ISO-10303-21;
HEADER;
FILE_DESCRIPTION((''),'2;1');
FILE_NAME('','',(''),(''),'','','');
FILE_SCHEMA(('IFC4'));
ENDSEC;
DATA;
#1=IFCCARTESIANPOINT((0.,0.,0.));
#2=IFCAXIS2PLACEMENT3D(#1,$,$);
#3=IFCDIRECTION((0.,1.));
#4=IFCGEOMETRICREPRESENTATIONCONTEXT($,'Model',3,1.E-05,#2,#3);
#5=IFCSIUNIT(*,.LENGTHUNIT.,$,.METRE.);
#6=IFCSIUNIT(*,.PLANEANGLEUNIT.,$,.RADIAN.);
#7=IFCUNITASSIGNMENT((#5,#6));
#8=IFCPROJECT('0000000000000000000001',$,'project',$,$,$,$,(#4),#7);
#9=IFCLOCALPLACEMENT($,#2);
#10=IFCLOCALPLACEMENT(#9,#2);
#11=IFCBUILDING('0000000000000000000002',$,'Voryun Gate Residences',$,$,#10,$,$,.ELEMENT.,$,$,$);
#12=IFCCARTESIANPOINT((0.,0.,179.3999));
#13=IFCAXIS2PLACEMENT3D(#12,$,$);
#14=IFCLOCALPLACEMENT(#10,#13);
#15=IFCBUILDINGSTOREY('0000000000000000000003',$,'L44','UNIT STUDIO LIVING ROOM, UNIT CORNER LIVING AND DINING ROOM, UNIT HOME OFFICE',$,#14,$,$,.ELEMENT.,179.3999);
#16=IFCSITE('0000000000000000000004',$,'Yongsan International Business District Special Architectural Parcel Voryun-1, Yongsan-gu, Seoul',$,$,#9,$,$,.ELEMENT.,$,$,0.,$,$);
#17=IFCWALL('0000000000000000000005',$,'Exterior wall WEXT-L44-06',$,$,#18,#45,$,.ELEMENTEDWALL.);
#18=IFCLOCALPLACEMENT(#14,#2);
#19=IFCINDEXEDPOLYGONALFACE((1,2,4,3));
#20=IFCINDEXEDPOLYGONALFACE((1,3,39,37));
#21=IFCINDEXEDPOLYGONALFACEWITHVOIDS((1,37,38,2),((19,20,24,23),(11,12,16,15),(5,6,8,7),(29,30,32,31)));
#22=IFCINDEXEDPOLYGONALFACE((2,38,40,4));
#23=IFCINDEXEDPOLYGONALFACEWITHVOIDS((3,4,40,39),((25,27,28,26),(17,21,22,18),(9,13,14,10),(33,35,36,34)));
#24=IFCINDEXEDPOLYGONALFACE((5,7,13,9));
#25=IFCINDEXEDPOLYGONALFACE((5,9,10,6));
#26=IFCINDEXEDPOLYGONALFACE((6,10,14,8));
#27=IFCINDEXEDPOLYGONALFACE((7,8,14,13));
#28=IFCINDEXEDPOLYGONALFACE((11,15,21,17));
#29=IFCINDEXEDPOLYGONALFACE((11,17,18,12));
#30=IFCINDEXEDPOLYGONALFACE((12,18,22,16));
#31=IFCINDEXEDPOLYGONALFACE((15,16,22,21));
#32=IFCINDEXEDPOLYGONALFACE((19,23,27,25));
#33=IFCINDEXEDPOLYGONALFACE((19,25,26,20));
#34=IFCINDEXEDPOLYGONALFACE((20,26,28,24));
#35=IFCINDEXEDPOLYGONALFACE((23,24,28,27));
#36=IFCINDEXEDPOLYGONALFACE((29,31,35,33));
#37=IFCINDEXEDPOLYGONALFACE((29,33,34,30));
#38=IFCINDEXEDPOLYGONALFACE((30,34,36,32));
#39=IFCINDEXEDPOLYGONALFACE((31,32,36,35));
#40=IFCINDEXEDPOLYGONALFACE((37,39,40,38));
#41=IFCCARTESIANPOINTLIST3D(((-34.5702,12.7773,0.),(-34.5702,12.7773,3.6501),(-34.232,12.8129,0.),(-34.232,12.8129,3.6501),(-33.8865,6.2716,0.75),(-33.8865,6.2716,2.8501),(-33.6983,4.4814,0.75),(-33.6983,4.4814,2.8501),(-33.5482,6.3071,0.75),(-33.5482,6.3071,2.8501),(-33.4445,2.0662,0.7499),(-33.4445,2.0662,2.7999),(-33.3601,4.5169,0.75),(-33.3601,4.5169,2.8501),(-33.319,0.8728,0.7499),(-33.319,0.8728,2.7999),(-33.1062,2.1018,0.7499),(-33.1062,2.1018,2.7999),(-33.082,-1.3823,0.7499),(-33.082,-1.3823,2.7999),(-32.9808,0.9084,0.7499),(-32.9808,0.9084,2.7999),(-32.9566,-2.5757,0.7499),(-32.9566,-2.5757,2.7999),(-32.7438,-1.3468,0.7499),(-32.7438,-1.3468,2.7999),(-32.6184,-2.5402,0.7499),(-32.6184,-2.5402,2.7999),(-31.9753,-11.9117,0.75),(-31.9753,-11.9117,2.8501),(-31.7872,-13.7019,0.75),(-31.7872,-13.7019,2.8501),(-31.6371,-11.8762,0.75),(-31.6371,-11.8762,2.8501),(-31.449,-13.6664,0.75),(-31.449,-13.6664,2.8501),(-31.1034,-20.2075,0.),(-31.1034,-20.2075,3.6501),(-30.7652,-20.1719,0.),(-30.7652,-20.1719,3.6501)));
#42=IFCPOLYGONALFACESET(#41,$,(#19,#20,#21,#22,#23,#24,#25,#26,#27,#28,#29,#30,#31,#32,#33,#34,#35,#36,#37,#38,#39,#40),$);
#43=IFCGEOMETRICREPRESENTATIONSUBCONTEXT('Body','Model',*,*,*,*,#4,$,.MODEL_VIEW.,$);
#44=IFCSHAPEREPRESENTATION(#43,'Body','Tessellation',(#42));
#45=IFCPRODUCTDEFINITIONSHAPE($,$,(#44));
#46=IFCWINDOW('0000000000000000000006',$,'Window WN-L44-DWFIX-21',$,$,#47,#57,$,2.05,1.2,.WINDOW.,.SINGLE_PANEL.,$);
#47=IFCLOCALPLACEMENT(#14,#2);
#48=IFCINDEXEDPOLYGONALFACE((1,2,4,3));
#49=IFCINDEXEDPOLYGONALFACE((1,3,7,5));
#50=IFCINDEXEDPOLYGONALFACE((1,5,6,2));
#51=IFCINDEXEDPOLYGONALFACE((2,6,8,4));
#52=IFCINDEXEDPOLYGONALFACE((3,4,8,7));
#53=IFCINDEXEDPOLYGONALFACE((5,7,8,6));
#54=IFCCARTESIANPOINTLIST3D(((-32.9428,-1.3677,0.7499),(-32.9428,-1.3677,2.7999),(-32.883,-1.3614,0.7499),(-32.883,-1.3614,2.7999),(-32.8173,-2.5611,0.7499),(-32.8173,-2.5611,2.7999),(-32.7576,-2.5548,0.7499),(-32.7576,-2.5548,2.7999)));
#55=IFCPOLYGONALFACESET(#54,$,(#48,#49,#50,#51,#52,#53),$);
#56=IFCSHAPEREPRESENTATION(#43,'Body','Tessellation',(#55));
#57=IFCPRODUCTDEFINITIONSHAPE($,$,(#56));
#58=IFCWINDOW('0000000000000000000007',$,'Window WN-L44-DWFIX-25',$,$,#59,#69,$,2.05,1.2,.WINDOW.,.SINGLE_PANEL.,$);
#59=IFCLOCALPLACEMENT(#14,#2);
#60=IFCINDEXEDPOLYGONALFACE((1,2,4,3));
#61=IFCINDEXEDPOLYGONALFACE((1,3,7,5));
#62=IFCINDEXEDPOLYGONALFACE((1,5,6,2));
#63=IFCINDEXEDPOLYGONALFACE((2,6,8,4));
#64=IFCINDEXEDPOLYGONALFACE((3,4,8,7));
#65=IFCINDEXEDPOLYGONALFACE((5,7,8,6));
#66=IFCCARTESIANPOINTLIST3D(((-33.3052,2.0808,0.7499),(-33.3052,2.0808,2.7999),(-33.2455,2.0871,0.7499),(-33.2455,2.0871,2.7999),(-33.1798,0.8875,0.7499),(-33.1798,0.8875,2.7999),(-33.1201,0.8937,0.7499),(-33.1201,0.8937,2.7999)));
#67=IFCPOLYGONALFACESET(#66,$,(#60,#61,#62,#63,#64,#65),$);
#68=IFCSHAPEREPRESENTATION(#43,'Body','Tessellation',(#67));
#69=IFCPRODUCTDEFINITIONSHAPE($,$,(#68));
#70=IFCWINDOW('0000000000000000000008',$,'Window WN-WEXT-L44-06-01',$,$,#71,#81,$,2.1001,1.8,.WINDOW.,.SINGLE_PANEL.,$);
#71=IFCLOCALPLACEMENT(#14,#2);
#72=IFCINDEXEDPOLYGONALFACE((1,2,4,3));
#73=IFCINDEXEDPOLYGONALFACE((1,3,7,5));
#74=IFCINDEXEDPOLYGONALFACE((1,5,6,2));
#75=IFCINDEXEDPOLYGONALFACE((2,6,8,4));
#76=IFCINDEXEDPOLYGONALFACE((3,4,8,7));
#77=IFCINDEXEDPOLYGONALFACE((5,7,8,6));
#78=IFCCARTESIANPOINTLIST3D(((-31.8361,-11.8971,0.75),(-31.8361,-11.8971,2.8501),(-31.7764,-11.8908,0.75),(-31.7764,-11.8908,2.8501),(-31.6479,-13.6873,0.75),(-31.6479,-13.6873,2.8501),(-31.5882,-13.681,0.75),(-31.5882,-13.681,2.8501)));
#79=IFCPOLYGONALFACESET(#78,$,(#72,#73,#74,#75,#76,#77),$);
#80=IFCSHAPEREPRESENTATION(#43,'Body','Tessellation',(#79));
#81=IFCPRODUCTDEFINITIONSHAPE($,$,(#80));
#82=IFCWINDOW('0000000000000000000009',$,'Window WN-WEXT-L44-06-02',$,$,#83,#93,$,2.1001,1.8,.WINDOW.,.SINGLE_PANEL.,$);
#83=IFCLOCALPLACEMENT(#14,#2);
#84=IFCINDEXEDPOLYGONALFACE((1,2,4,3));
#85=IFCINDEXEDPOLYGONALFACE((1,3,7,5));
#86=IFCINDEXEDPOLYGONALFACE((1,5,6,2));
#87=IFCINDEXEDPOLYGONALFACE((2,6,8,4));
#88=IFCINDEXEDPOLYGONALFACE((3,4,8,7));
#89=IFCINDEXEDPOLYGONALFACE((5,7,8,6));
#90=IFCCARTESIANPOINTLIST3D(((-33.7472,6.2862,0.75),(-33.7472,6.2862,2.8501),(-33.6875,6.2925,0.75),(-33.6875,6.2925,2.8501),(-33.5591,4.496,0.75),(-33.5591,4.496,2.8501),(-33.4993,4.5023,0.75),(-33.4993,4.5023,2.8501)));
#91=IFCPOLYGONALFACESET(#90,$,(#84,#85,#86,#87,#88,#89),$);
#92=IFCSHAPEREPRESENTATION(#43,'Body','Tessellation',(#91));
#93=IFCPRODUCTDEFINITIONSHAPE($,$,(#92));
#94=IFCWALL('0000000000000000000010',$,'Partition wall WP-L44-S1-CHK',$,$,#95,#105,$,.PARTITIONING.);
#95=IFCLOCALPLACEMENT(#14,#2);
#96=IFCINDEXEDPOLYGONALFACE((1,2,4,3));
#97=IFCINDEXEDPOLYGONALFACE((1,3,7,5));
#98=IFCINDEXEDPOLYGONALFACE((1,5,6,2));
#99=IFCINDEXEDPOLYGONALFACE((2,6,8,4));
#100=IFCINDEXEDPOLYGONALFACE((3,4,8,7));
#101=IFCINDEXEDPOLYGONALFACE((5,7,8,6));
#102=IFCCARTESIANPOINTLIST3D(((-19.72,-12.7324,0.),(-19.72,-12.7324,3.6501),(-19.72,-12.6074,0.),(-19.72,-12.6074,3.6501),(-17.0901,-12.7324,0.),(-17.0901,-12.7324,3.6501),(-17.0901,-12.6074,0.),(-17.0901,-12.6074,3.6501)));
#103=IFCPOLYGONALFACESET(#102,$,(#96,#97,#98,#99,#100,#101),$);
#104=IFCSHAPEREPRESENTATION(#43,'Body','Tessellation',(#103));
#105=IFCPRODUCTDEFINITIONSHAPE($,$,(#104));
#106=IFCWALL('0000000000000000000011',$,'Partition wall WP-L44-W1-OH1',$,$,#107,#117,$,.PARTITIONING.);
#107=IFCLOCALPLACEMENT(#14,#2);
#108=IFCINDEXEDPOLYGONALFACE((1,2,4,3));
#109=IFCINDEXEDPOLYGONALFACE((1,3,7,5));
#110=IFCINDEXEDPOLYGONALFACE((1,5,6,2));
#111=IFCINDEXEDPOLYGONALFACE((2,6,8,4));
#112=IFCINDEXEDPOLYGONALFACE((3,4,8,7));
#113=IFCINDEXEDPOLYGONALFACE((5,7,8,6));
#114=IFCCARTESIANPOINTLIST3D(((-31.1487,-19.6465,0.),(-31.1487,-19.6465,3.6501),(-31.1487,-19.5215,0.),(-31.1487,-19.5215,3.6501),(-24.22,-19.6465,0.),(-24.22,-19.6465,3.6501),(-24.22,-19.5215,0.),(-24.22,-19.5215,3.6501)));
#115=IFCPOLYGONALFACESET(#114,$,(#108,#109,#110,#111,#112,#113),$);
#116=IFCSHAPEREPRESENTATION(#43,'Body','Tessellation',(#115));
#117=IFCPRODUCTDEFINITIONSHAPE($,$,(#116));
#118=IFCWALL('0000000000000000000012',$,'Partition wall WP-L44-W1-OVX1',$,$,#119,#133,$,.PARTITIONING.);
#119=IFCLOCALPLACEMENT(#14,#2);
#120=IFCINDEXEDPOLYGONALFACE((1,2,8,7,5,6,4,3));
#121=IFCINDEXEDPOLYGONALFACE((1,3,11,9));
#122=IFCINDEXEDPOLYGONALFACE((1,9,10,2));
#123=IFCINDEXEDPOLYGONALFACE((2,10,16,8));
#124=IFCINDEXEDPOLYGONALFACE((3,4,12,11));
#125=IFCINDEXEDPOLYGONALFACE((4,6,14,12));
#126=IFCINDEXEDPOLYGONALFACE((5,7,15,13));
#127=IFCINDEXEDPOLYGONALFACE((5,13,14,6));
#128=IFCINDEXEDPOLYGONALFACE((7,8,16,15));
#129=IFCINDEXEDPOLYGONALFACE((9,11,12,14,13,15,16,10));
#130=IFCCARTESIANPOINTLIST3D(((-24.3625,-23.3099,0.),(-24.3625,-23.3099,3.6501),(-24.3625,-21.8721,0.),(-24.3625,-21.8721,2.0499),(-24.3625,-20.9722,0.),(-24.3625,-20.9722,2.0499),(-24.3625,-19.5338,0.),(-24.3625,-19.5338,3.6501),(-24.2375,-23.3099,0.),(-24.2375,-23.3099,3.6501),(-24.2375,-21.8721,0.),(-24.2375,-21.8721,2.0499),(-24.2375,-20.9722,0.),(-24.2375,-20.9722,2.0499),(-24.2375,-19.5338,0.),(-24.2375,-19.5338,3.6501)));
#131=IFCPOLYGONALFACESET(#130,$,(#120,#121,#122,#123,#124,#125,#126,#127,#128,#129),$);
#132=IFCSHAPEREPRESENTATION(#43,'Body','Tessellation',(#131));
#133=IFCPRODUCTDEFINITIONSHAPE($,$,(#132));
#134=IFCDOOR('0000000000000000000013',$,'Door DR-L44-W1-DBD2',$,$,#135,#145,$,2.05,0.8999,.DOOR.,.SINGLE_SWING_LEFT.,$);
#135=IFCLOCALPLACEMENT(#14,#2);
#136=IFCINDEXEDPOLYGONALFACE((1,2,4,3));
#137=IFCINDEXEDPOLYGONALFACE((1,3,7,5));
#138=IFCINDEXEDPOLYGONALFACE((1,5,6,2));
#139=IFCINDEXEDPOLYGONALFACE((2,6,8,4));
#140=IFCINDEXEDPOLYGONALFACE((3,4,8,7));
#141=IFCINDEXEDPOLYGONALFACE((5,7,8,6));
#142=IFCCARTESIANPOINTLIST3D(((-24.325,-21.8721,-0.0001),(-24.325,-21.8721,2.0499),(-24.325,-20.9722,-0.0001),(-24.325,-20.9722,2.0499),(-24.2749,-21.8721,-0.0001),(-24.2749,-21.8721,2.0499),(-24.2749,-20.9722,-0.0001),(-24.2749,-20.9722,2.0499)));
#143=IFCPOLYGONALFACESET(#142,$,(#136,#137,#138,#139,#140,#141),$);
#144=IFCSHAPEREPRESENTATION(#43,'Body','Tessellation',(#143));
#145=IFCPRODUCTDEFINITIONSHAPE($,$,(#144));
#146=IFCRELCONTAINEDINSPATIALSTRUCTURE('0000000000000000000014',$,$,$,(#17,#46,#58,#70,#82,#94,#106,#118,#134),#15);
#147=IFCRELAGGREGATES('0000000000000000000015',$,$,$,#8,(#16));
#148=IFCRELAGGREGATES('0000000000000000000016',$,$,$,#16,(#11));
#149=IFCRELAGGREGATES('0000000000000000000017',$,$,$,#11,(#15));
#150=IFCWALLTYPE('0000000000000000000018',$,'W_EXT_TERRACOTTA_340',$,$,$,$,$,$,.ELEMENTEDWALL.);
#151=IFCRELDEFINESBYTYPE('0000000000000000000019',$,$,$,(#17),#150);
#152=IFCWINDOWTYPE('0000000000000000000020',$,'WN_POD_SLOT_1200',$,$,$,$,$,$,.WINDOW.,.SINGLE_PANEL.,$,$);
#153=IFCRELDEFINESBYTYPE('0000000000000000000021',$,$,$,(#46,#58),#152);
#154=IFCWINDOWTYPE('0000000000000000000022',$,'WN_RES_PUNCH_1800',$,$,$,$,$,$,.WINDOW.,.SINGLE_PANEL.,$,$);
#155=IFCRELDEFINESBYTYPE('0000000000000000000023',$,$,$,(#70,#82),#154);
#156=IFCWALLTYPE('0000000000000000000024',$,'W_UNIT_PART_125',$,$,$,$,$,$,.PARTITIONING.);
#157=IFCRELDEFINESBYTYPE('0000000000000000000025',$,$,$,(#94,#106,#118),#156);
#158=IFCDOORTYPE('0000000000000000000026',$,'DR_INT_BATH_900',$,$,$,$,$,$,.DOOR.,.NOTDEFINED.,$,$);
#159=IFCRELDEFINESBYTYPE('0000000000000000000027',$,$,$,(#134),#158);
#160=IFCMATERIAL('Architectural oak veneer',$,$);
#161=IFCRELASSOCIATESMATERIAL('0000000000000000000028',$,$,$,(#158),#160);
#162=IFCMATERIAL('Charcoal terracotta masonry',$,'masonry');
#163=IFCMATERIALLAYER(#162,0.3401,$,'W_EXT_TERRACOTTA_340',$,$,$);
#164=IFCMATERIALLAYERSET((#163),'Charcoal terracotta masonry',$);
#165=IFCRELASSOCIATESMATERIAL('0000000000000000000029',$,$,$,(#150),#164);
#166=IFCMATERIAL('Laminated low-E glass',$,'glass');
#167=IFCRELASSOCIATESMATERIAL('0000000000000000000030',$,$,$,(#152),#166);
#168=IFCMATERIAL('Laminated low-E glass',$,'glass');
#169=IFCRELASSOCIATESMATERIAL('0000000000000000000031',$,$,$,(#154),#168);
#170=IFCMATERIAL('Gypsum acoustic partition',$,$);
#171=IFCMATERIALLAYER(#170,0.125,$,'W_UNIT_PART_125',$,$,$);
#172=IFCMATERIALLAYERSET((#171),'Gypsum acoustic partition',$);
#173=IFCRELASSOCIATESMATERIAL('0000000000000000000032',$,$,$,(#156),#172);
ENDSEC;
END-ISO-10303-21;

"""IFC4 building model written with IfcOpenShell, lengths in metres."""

from ifc_helpers import new_model, si_unit, direction, frame, frame_2d, origin, place, context, subcontext, project, spatial, rectangle, extrude, material, layer, layer_set, type_object, element, fill, save


model = new_model("IFC4")

# Units and contexts
model_context = context("Model", 3, precision=1e-05, world=origin(), true_north=direction((0.0, 1.0)))
body_context = subcontext(model_context, "Body", "Model", "MODEL_VIEW")
ifc_project = project(units=[si_unit("LENGTHUNIT", "METRE"), si_unit("PLANEANGLEUNIT", "RADIAN")], contexts=[model_context])

# Site, building, storey
site_placement = place(None, origin())
site = spatial("IfcSite", under=ifc_project, at=site_placement, Name="Yongsan International Business District Special Architectural Parcel Voryun-1, Yongsan-gu, Seoul", CompositionType="ELEMENT", RefElevation=0.0)
building_placement = place(site_placement, origin())
building = spatial("IfcBuilding", under=site, at=building_placement, Name="Voryun Gate Residences", CompositionType="ELEMENT")
storey_placement = place(building_placement, frame((0.0, 0.0, 179.3999)))
storey = spatial("IfcBuildingStorey", under=building, at=storey_placement, Name="L44", Description="UNIT STUDIO LIVING ROOM, UNIT CORNER LIVING AND DINING ROOM, UNIT HOME OFFICE", CompositionType="ELEMENT", Elevation=179.3999)

# Shared definitions
ifc_material_1 = material(Name="Architectural oak veneer")
door_type_1 = type_object("IfcDoorType", Name="DR_INT_BATH_900", OperationType="NOTDEFINED", PredefinedType="DOOR", material=ifc_material_1)

# Shared definitions
ifc_material_2 = material(Name="Charcoal terracotta masonry", Category="masonry")
ifc_layer_1 = layer(ifc_material_2, 0.3401, Name="W_EXT_TERRACOTTA_340")
ifc_layer_set_1 = layer_set([ifc_layer_1], Name="Charcoal terracotta masonry")
wall_type_1 = type_object("IfcWallType", Name="W_EXT_TERRACOTTA_340", PredefinedType="ELEMENTEDWALL", material=ifc_layer_set_1)

# Wall, openings, windows
wall_1_placement = place(storey_placement, frame((-30.9343, -20.1897, 0.0), z_axis=(0.0, 0.0, 1.0), x_axis=(-0.104527, 0.994522, 0.0)))
wall_1 = element("IfcWall", 1, at=wall_1_placement, inside=storey, type_object=wall_type_1, Name="Exterior wall WEXT-L44-06", PredefinedType="ELEMENTEDWALL", context=body_context, shape_type="SweptSolid", body=[
    extrude(rectangle(XDim=33.1665, YDim=0.3401, at=frame_2d((16.5833, 0.0))), origin(), (0.0, 0.0, 1.0), 3.6501),
])
opening_1_placement = place(wall_1_placement, frame((6.5415, 0.0, 0.75)))
opening_1 = element("IfcOpeningElement", 2, at=opening_1_placement, cuts=wall_1, PredefinedType="OPENING", context=body_context, shape_type="SweptSolid", body=[
    extrude(rectangle(XDim=1.8, YDim=2.1001, at=frame_2d((0.8999, 1.05))), frame((0.0, 0.1799, 0.0), z_axis=(0.0, -1.0, 0.0), x_axis=(1.0, 0.0, 0.0)), (0.0, 0.0, 1.0), 0.3601),
])
opening_2_placement = place(wall_1_placement, frame((24.825, 0.0, 0.75)))
opening_2 = element("IfcOpeningElement", 3, at=opening_2_placement, cuts=wall_1, PredefinedType="OPENING", context=body_context, shape_type="SweptSolid", body=[
    extrude(rectangle(XDim=1.8, YDim=2.1001, at=frame_2d((0.8999, 1.05))), frame((0.0, 0.1799, 0.0), z_axis=(0.0, -1.0, 0.0), x_axis=(1.0, 0.0, 0.0)), (0.0, 0.0, 1.0), 0.3601),
])
opening_3_placement = place(wall_1_placement, frame((17.7288, 0.0, 0.75)))
opening_3 = element("IfcOpeningElement", 4, at=opening_3_placement, cuts=wall_1, PredefinedType="OPENING", context=body_context, shape_type="SweptSolid", body=[
    extrude(rectangle(XDim=1.2, YDim=2.05, at=frame_2d((0.6001, 1.0249))), frame((0.0, 0.1799, 0.0), z_axis=(0.0, -1.0, 0.0), x_axis=(1.0, 0.0, 0.0)), (0.0, 0.0, 1.0), 0.3601),
])
opening_4_placement = place(wall_1_placement, frame((21.1963, 0.0, 0.75)))
opening_4 = element("IfcOpeningElement", 5, at=opening_4_placement, cuts=wall_1, PredefinedType="OPENING", context=body_context, shape_type="SweptSolid", body=[
    extrude(rectangle(XDim=1.2, YDim=2.05, at=frame_2d((0.6001, 1.0249))), frame((0.0, 0.1799, 0.0), z_axis=(0.0, -1.0, 0.0), x_axis=(1.0, 0.0, 0.0)), (0.0, 0.0, 1.0), 0.3601),
])
ifc_material_3 = material(Name="Laminated low-E glass", Category="glass")
window_type_1 = type_object("IfcWindowType", Name="WN_POD_SLOT_1200", PartitioningType="SINGLE_PANEL", PredefinedType="WINDOW", material=ifc_material_3)
window_1_placement = place(opening_3_placement, origin())
window_1 = element("IfcWindow", 6, at=window_1_placement, inside=storey, type_object=window_type_1, Name="Window WN-L44-DWFIX-21", OverallHeight=2.05, OverallWidth=1.2, PartitioningType="SINGLE_PANEL", PredefinedType="WINDOW", context=body_context, shape_type="SweptSolid", body=[
    extrude(rectangle(XDim=1.2, YDim=2.05, at=frame_2d((0.6001, 1.0249))), frame((0.0, 0.03, 0.0), z_axis=(0.0, -1.0, 0.0), x_axis=(1.0, 0.0, 0.0)), (0.0, 0.0, 1.0), 0.0601),
])
fill(opening_3, window_1)
window_2_placement = place(opening_4_placement, origin())
window_2 = element("IfcWindow", 7, at=window_2_placement, inside=storey, type_object=window_type_1, Name="Window WN-L44-DWFIX-25", OverallHeight=2.05, OverallWidth=1.2, PartitioningType="SINGLE_PANEL", PredefinedType="WINDOW", context=body_context, shape_type="SweptSolid", body=[
    extrude(rectangle(XDim=1.2, YDim=2.05, at=frame_2d((0.6001, 1.0249))), frame((0.0, 0.03, 0.0), z_axis=(0.0, -1.0, 0.0), x_axis=(1.0, 0.0, 0.0)), (0.0, 0.0, 1.0), 0.0601),
])
fill(opening_4, window_2)
ifc_material_4 = material(Name="Laminated low-E glass", Category="glass")
window_type_2 = type_object("IfcWindowType", Name="WN_RES_PUNCH_1800", PartitioningType="SINGLE_PANEL", PredefinedType="WINDOW", material=ifc_material_4)
window_3_placement = place(opening_1_placement, origin())
window_3 = element("IfcWindow", 8, at=window_3_placement, inside=storey, type_object=window_type_2, Name="Window WN-WEXT-L44-06-01", OverallHeight=2.1001, OverallWidth=1.8, PartitioningType="SINGLE_PANEL", PredefinedType="WINDOW", context=body_context, shape_type="SweptSolid", body=[
    extrude(rectangle(XDim=1.8, YDim=2.1001, at=frame_2d((0.8999, 1.05))), frame((0.0, 0.03, 0.0), z_axis=(0.0, -1.0, 0.0), x_axis=(1.0, 0.0, 0.0)), (0.0, 0.0, 1.0), 0.0601),
])
fill(opening_1, window_3)
window_4_placement = place(opening_2_placement, origin())
window_4 = element("IfcWindow", 9, at=window_4_placement, inside=storey, type_object=window_type_2, Name="Window WN-WEXT-L44-06-02", OverallHeight=2.1001, OverallWidth=1.8, PartitioningType="SINGLE_PANEL", PredefinedType="WINDOW", context=body_context, shape_type="SweptSolid", body=[
    extrude(rectangle(XDim=1.8, YDim=2.1001, at=frame_2d((0.8999, 1.05))), frame((0.0, 0.03, 0.0), z_axis=(0.0, -1.0, 0.0), x_axis=(1.0, 0.0, 0.0)), (0.0, 0.0, 1.0), 0.0601),
])
fill(opening_2, window_4)

# Walls
ifc_material_5 = material(Name="Gypsum acoustic partition")
ifc_layer_2 = layer(ifc_material_5, 0.125, Name="W_UNIT_PART_125")
ifc_layer_set_2 = layer_set([ifc_layer_2], Name="Gypsum acoustic partition")
wall_type_2 = type_object("IfcWallType", Name="W_UNIT_PART_125", PredefinedType="PARTITIONING", material=ifc_layer_set_2)
wall_2_placement = place(storey_placement, frame((-19.72, -12.6699, 0.0), z_axis=(0.0, 0.0, 1.0), x_axis=(1.0, 0.0, 0.0)))
element("IfcWall", 10, at=wall_2_placement, inside=storey, type_object=wall_type_2, Name="Partition wall WP-L44-S1-CHK", PredefinedType="PARTITIONING", context=body_context, shape_type="SweptSolid", body=[
    extrude(rectangle(XDim=2.6299, YDim=0.125, at=frame_2d((1.3149, 0.0))), origin(), (0.0, 0.0, 1.0), 3.6501),
])
wall_3_placement = place(storey_placement, frame((-31.1487, -19.584, 0.0), z_axis=(0.0, 0.0, 1.0), x_axis=(1.0, 0.0, 0.0)))
element("IfcWall", 11, at=wall_3_placement, inside=storey, type_object=wall_type_2, Name="Partition wall WP-L44-W1-OH1", PredefinedType="PARTITIONING", context=body_context, shape_type="SweptSolid", body=[
    extrude(rectangle(XDim=6.9287, YDim=0.125, at=frame_2d((3.4644, 0.0))), origin(), (0.0, 0.0, 1.0), 3.6501),
])

# Wall, opening, door
wall_4_placement = place(storey_placement, frame((-24.3, -23.3101, 0.0), z_axis=(0.0, 0.0, 1.0), x_axis=(0.0, 1.0, 0.0)))
wall_4 = element("IfcWall", 12, at=wall_4_placement, inside=storey, type_object=wall_type_2, Name="Partition wall WP-L44-W1-OVX1", PredefinedType="PARTITIONING", context=body_context, shape_type="SweptSolid", body=[
    extrude(rectangle(XDim=3.7761, YDim=0.125, at=frame_2d((1.8882, 0.0))), origin(), (0.0, 0.0, 1.0), 3.6501),
])
opening_5_placement = place(wall_4_placement, frame((1.438, 0.0, 0.0)))
opening_5 = element("IfcOpeningElement", 13, at=opening_5_placement, cuts=wall_4, PredefinedType="OPENING", context=body_context, shape_type="SweptSolid", body=[
    extrude(rectangle(XDim=0.8999, YDim=2.05, at=frame_2d((0.45, 1.0249))), frame((0.0, 0.0725, 0.0), z_axis=(0.0, -1.0, 0.0), x_axis=(1.0, 0.0, 0.0)), (0.0, 0.0, 1.0), 0.145),
])
door_1_placement = place(opening_5_placement, origin())
door_1 = element("IfcDoor", 14, at=door_1_placement, inside=storey, type_object=door_type_1, Name="Door DR-L44-W1-DBD2", OperationType="SINGLE_SWING_LEFT", OverallHeight=2.05, OverallWidth=0.8999, PredefinedType="DOOR", context=body_context, shape_type="SweptSolid", body=[
    extrude(rectangle(XDim=0.8999, YDim=2.05, at=frame_2d((0.45, 1.0249))), frame((0.0, 0.0249, 0.0), z_axis=(0.0, -1.0, 0.0), x_axis=(1.0, 0.0, 0.0)), (0.0, 0.0, 1.0), 0.05),
])
fill(opening_5, door_1)

save(model, "model.ifc")
